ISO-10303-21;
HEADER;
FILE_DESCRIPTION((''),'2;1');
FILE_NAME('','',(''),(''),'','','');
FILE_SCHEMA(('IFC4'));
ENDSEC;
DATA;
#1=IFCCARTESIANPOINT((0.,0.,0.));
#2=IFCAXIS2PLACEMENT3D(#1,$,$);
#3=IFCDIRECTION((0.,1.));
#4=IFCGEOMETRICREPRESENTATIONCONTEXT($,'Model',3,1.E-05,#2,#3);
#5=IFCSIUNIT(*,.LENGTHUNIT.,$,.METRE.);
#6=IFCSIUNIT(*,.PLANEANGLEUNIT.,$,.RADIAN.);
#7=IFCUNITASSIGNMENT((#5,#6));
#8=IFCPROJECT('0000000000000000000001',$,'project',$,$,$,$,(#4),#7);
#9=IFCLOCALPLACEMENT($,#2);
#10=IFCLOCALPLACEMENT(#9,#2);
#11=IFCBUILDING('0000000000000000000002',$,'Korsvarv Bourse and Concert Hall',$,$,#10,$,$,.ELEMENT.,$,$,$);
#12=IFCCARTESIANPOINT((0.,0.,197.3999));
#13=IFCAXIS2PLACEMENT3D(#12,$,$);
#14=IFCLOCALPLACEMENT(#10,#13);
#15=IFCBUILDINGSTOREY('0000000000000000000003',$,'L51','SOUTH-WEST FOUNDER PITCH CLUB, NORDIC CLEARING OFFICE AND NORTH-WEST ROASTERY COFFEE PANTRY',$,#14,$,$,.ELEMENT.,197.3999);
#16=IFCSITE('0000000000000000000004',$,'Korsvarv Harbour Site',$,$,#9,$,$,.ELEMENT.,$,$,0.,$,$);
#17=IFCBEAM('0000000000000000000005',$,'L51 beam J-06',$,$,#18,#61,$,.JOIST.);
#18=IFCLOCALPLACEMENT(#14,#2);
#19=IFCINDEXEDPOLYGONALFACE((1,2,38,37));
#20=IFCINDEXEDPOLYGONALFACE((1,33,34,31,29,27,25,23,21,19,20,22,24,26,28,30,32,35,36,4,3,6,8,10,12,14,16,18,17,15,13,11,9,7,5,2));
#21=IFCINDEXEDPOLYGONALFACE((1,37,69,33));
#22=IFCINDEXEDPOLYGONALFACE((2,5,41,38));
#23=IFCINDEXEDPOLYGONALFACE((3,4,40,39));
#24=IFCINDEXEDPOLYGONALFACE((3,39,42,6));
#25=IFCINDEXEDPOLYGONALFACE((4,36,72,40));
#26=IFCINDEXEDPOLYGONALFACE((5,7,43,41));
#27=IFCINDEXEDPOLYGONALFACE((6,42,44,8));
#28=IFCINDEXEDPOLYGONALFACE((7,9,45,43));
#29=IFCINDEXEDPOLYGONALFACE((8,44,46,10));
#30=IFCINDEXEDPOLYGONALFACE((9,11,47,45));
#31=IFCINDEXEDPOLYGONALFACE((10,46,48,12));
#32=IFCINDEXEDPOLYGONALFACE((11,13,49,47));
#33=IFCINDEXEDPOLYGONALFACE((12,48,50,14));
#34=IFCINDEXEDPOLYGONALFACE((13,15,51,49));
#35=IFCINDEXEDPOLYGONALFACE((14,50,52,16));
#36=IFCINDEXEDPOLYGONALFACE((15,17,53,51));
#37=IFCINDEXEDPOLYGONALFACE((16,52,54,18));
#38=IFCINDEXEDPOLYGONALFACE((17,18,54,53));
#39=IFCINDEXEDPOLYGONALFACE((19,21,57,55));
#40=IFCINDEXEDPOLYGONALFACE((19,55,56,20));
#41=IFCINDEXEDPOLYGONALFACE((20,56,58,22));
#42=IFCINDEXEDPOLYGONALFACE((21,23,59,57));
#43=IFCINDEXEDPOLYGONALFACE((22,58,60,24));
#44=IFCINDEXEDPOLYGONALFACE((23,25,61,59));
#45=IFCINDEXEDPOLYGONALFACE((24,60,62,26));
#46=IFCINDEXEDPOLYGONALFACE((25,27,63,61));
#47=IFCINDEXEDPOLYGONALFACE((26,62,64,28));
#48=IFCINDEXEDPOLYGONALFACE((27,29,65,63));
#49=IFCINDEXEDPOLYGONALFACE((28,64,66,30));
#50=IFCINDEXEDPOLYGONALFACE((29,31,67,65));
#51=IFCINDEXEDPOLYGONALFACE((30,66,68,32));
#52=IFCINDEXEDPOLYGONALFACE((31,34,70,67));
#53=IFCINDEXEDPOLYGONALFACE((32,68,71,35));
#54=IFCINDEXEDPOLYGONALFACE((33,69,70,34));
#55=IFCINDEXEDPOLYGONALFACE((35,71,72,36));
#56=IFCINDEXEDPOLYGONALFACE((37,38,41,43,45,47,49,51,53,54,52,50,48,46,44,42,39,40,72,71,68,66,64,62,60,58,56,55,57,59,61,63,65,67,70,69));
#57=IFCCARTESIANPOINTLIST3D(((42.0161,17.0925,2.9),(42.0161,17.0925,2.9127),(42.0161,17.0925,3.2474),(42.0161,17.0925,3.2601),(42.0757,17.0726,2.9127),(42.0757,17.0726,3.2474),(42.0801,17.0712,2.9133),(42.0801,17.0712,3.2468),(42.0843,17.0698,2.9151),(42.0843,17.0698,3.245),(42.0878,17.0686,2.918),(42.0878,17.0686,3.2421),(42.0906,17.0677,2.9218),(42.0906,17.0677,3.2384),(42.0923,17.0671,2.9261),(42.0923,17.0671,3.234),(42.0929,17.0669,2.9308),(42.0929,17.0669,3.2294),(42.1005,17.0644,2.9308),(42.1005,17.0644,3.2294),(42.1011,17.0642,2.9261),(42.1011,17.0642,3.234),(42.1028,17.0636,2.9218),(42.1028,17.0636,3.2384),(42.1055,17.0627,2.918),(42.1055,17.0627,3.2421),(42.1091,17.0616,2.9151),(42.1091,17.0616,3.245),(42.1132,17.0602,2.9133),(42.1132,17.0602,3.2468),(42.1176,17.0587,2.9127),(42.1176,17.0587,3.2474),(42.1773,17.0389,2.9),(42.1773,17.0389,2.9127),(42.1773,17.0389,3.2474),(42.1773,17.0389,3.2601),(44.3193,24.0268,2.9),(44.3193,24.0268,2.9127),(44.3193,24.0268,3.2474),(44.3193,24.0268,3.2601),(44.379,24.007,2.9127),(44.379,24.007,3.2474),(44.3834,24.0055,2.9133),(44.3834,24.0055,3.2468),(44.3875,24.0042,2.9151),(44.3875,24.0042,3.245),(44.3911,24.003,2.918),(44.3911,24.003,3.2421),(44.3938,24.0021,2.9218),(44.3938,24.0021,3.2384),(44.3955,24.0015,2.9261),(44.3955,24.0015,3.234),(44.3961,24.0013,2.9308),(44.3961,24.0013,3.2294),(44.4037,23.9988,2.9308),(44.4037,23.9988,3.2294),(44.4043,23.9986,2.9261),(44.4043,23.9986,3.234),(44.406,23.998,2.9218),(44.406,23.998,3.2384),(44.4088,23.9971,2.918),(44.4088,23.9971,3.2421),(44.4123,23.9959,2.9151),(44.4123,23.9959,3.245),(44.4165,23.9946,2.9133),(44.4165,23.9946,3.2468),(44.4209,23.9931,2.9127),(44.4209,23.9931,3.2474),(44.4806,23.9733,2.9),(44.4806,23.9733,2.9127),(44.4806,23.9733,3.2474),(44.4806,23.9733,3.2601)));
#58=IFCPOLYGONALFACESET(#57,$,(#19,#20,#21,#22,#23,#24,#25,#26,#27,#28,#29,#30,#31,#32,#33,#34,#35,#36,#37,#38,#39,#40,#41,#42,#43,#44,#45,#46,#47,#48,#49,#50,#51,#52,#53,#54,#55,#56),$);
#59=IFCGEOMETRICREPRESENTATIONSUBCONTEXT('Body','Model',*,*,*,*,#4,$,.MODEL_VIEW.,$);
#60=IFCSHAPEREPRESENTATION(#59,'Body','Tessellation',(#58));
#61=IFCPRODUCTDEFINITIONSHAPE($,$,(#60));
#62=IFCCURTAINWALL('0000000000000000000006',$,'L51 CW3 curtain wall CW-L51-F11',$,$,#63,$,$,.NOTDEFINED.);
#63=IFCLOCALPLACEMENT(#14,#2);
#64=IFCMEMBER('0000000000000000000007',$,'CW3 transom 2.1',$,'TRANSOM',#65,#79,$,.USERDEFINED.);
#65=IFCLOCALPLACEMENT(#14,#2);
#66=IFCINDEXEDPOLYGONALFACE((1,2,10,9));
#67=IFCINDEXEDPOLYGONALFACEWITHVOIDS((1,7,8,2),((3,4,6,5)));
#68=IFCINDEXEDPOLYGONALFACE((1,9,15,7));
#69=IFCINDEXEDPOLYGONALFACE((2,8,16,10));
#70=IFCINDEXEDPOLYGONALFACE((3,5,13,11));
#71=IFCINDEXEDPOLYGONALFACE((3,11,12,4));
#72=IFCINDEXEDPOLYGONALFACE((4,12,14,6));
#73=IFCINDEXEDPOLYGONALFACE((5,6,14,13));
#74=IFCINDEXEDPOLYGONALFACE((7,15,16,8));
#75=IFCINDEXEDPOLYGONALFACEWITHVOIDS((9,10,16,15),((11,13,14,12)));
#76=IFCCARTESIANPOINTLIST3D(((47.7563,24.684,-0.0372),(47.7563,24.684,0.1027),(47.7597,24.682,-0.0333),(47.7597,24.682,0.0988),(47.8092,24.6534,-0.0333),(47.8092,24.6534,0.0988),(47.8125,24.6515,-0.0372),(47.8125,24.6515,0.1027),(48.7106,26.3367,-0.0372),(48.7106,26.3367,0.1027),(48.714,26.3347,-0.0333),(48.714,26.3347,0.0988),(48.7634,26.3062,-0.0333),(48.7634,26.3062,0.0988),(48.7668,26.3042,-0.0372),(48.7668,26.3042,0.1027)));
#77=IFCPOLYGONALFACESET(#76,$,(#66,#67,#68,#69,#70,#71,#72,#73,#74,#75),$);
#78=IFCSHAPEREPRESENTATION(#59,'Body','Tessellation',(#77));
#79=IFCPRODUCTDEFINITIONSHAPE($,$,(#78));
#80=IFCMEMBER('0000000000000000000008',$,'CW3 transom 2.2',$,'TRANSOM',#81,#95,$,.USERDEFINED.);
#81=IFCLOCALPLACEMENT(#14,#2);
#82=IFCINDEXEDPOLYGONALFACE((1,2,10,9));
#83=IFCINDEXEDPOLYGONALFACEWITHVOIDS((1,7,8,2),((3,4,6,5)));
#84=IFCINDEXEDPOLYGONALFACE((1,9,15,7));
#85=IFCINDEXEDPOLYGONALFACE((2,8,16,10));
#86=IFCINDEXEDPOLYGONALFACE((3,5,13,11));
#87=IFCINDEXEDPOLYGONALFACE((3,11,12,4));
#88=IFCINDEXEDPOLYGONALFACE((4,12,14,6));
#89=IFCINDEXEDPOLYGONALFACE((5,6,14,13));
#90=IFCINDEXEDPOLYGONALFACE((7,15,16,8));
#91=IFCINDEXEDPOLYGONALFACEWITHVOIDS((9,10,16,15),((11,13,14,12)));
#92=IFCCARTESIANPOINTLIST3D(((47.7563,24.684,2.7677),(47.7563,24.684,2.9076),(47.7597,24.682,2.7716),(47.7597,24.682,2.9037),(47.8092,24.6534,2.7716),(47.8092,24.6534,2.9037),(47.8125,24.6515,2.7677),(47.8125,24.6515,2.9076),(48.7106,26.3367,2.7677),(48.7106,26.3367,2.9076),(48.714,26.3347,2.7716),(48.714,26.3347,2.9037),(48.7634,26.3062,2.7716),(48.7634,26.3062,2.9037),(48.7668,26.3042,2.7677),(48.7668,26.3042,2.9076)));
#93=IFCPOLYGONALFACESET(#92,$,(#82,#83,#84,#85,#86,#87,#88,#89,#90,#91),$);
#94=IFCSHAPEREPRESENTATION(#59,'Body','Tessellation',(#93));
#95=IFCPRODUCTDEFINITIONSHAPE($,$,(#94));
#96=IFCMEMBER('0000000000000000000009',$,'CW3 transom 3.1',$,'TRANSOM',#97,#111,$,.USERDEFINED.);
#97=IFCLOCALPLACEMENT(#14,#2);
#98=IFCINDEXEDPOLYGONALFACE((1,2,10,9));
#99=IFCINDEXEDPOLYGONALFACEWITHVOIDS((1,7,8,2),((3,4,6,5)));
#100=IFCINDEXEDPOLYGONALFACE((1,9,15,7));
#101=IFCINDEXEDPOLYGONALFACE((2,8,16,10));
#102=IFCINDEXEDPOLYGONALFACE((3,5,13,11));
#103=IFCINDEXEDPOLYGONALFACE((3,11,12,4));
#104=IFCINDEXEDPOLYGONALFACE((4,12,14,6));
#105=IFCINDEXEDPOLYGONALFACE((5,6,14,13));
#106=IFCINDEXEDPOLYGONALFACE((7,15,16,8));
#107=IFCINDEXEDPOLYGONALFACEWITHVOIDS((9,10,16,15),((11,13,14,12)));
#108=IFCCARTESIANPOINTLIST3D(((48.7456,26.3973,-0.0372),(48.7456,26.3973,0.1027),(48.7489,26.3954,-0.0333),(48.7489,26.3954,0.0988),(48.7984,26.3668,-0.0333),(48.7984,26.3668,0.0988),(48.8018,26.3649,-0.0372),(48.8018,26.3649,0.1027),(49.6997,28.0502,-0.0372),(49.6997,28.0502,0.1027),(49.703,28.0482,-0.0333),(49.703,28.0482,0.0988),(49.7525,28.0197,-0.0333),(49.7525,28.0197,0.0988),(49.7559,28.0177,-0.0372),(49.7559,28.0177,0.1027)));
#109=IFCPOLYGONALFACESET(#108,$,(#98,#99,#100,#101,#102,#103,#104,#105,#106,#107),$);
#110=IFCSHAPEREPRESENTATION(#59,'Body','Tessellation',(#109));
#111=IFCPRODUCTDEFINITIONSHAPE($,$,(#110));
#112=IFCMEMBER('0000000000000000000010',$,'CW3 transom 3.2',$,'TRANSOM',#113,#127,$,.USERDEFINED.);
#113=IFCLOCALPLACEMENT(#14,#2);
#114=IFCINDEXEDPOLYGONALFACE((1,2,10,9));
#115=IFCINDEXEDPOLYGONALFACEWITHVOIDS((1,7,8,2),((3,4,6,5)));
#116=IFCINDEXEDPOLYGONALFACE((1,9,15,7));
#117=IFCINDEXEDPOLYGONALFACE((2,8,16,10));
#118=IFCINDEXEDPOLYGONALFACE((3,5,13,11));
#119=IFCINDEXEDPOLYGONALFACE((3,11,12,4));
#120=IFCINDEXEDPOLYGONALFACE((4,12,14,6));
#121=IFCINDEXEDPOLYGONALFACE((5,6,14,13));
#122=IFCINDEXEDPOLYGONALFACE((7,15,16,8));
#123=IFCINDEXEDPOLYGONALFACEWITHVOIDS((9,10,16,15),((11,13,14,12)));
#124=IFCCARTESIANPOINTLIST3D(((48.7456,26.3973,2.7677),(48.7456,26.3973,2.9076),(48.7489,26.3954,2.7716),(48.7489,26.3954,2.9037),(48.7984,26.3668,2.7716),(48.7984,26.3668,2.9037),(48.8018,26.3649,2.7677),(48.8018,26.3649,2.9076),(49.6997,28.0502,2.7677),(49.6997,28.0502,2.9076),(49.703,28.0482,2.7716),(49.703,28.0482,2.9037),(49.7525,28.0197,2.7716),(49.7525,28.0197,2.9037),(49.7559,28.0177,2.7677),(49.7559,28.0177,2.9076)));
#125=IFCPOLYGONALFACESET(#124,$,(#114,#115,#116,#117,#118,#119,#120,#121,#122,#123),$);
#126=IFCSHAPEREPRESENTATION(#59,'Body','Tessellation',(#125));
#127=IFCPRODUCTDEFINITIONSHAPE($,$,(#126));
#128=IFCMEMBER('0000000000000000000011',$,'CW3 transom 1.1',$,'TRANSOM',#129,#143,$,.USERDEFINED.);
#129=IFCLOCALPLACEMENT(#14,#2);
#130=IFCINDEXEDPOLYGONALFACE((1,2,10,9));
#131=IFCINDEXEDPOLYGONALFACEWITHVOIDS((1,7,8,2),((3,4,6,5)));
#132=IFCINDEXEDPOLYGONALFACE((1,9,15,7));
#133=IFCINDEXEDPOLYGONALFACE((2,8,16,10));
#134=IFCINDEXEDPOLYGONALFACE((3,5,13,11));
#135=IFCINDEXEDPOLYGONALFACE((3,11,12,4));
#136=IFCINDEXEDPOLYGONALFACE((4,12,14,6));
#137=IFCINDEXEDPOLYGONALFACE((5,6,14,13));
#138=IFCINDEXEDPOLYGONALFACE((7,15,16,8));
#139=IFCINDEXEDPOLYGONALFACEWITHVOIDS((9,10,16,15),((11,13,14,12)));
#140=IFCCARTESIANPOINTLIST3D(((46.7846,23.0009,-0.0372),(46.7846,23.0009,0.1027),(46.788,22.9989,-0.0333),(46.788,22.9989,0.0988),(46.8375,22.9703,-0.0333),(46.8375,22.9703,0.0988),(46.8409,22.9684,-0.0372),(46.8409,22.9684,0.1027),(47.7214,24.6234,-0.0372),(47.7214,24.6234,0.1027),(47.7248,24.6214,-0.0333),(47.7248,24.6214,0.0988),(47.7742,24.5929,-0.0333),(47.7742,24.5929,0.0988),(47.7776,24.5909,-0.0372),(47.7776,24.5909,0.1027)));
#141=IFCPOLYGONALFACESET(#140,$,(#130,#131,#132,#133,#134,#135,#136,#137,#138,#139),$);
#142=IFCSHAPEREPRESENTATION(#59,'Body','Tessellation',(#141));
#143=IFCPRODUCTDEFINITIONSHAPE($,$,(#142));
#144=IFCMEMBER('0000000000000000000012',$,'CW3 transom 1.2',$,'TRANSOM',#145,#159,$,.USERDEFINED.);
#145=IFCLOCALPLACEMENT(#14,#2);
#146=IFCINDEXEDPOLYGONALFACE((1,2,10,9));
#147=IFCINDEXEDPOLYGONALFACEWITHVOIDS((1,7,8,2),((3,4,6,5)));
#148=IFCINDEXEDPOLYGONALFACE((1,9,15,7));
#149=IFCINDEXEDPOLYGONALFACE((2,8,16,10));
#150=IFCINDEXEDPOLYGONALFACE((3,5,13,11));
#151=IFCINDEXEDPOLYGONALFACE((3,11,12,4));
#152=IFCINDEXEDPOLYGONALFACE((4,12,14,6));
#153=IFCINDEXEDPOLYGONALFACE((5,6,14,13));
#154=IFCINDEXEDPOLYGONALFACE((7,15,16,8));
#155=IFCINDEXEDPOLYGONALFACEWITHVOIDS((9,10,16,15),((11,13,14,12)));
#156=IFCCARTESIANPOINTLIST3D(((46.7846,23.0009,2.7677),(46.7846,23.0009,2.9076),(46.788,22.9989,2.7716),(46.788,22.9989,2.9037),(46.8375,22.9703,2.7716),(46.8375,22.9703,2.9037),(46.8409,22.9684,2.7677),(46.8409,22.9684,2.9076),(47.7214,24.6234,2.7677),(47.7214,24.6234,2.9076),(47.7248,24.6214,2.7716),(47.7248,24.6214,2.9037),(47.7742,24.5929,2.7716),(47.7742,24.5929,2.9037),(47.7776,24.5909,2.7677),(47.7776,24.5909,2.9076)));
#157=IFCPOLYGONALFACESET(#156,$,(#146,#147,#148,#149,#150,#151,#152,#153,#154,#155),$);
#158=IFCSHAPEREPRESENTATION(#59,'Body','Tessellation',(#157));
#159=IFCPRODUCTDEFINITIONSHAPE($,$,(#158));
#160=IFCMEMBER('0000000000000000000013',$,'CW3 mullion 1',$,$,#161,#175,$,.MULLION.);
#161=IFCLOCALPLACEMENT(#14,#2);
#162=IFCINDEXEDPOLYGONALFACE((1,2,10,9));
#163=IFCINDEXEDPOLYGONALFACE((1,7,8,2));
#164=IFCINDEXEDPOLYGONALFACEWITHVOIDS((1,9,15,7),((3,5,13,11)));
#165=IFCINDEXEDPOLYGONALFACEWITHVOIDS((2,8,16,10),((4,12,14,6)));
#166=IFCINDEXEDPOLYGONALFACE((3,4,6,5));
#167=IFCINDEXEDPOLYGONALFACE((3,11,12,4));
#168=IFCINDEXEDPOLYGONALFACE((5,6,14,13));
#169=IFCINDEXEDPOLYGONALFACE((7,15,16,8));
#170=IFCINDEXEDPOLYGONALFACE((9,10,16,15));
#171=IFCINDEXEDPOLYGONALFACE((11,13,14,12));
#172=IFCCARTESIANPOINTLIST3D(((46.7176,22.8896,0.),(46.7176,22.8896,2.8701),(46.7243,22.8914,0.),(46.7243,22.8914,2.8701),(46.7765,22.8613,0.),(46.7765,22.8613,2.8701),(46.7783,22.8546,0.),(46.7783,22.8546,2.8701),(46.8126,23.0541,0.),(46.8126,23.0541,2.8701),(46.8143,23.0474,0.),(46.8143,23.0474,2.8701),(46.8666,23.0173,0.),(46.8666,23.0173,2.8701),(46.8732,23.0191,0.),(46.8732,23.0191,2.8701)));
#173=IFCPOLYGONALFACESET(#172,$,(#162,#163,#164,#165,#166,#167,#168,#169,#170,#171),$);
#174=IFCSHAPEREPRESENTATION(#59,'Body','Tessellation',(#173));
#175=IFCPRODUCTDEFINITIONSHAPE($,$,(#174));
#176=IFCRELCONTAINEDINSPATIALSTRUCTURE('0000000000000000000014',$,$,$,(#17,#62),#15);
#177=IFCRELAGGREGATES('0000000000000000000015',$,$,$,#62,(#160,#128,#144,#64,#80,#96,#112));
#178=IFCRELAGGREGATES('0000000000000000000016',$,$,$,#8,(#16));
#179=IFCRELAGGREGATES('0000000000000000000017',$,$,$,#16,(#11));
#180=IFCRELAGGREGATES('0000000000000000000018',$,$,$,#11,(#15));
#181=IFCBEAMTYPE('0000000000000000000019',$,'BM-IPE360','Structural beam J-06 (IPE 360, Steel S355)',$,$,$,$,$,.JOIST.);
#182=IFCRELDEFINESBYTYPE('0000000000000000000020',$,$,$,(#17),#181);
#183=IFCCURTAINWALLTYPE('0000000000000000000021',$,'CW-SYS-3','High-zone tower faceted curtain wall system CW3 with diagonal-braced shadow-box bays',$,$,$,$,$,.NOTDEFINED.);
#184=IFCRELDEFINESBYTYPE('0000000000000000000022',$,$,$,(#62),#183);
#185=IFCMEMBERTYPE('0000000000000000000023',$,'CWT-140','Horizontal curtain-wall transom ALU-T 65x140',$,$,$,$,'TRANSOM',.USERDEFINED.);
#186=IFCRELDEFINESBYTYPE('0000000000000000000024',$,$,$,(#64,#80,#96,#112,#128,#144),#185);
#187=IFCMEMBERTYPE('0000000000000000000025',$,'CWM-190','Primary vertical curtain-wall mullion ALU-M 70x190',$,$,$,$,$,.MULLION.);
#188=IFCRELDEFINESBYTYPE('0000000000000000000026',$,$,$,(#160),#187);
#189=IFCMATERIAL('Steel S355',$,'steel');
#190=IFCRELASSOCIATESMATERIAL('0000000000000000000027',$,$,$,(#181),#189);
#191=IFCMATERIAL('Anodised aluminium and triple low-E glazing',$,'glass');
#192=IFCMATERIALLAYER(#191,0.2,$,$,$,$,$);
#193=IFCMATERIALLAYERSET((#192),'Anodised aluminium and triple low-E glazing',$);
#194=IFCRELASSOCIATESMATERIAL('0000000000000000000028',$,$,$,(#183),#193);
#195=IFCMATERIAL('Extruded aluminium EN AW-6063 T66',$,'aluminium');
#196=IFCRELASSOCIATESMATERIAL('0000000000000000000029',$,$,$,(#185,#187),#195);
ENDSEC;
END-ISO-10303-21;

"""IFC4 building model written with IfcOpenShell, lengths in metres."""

from ifc_helpers import new_model, si_unit, direction, frame, origin, origin_2d, place, context, subcontext, project, spatial, hollow_rectangle, i_section, extrude, source, transform, mapped, material, layer, layer_set, material_profile, profile_set, type_object, element, aggregate, save


model = new_model("IFC4")

# Units and contexts
model_context = context("Model", 3, precision=1e-05, world=origin(), true_north=direction((0.0, 1.0)))
body_context = subcontext(model_context, "Body", "Model", "MODEL_VIEW")
ifc_project = project(units=[si_unit("LENGTHUNIT", "METRE"), si_unit("PLANEANGLEUNIT", "RADIAN")], contexts=[model_context])

# Site, building, storey
site_placement = place(None, origin())
site = spatial("IfcSite", under=ifc_project, at=site_placement, Name="Korsvarv Harbour Site", CompositionType="ELEMENT", RefElevation=0.0)
building_placement = place(site_placement, origin())
building = spatial("IfcBuilding", under=site, at=building_placement, Name="Korsvarv Bourse and Concert Hall", CompositionType="ELEMENT")
storey_placement = place(building_placement, frame((0.0, 0.0, 197.3999)))
storey = spatial("IfcBuildingStorey", under=building, at=storey_placement, Name="L51", Description="SOUTH-WEST FOUNDER PITCH CLUB, NORDIC CLEARING OFFICE AND NORTH-WEST ROASTERY COFFEE PANTRY", CompositionType="ELEMENT", Elevation=197.3999)

# Shared definitions
ifc_material_1 = material(Name="Steel S355", Category="steel")

# Beam
ifc_material_profile_1 = material_profile(ifc_material_1, i_section(OverallWidth=0.1699, OverallDepth=0.3601, WebThickness=0.0081, FlangeThickness=0.0127, FilletRadius=0.0181, at=origin_2d()), Name="IPE 360")
ifc_profile_set_1 = profile_set([ifc_material_profile_1], Name="Steel S355")
beam_type_1 = type_object("IfcBeamType", Name="BM-IPE360", Description="Structural beam J-06 (IPE 360, Steel S355)", PredefinedType="JOIST", material=ifc_profile_set_1)
shared_shape_1 = source(origin(), body_context, "Body", "SweptSolid", [
    extrude(i_section(OverallWidth=0.1699, OverallDepth=0.3601, WebThickness=0.0081, FlangeThickness=0.0127, FilletRadius=0.0181, at=origin_2d()), origin(), (0.0, 0.0, 1.0), 7.3069),
])
beam_1_placement = place(storey_placement, frame((42.0967, 17.0657, 3.0801), z_axis=(0.315215, 0.94902, 0.0), x_axis=(-0.94902, 0.315215, 0.0)))
element("IfcBeam", 1, at=beam_1_placement, inside=storey, type_object=beam_type_1, Name="L51 beam J-06", PredefinedType="JOIST", context=body_context, shape_type="MappedRepresentation", body=[
    mapped(shared_shape_1, transform((0.0, 0.0, 0.0), scale=1.0)),
])

# Curtain wall, members
ifc_material_2 = material(Name="Anodised aluminium and triple low-E glazing", Category="glass")
ifc_layer_1 = layer(ifc_material_2, 0.2)
ifc_layer_set_1 = layer_set([ifc_layer_1], Name="Anodised aluminium and triple low-E glazing")
curtain_wall_type = type_object("IfcCurtainWallType", Name="CW-SYS-3", Description="High-zone tower faceted curtain wall system CW3 with diagonal-braced shadow-box bays", PredefinedType="NOTDEFINED", material=ifc_layer_set_1)
curtain_wall_placement = place(storey_placement, origin())
curtain_wall = element("IfcCurtainWall", 2, at=curtain_wall_placement, inside=storey, type_object=curtain_wall_type, Name="L51 CW3 curtain wall CW-L51-F11", PredefinedType="NOTDEFINED")
ifc_material_3 = material(Name="Extruded aluminium EN AW-6063 T66", Category="aluminium")
ifc_material_profile_2 = material_profile(ifc_material_3, hollow_rectangle(XDim=0.0649, YDim=0.1399, WallThickness=0.0039, at=origin_2d()), Name="ALU-T 65x140")
ifc_profile_set_2 = profile_set([ifc_material_profile_2], Name="Extruded aluminium EN AW-6063 T66")
member_type_1 = type_object("IfcMemberType", Name="CWT-140", Description="Horizontal curtain-wall transom ALU-T 65x140", ElementType="TRANSOM", PredefinedType="USERDEFINED", material=ifc_profile_set_2)
shared_shape_2 = source(origin(), body_context, "Body", "SweptSolid", [
    extrude(hollow_rectangle(XDim=0.0649, YDim=0.1399, WallThickness=0.0039, at=origin_2d()), origin(), (0.0, 0.0, 1.0), 1.9084),
])
member_1_placement = place(storey_placement, frame((47.7844, 24.6677, 0.0327), z_axis=(0.500032, 0.866007, 0.0), x_axis=(-0.866007, 0.500032, 0.0)))
member_1 = element("IfcMember", 3, at=member_1_placement, type_object=member_type_1, Name="CW3 transom 2.1", ObjectType="TRANSOM", PredefinedType="USERDEFINED", context=body_context, shape_type="MappedRepresentation", body=[
    mapped(shared_shape_2, transform((0.0, 0.0, 0.0), scale=1.0)),
])
member_2_placement = place(storey_placement, frame((47.7844, 24.6677, 2.8376), z_axis=(0.500032, 0.866007, 0.0), x_axis=(-0.866007, 0.500032, 0.0)))
member_2 = element("IfcMember", 4, at=member_2_placement, type_object=member_type_1, Name="CW3 transom 2.2", ObjectType="TRANSOM", PredefinedType="USERDEFINED", context=body_context, shape_type="MappedRepresentation", body=[
    mapped(shared_shape_2, transform((0.0, 0.0, 0.0), scale=1.0)),
])
member_3_placement = place(storey_placement, frame((48.7737, 26.3811, 0.0327), z_axis=(0.499937, 0.866062, 0.0), x_axis=(-0.866062, 0.499937, 0.0)))
member_3 = element("IfcMember", 5, at=member_3_placement, type_object=member_type_1, Name="CW3 transom 3.1", ObjectType="TRANSOM", PredefinedType="USERDEFINED", context=body_context, shape_type="MappedRepresentation", body=[
    mapped(shared_shape_2, transform((0.0, 0.0, 0.0), scale=1.0)),
])
member_4_placement = place(storey_placement, frame((48.7737, 26.3811, 2.8376), z_axis=(0.499937, 0.866062, 0.0), x_axis=(-0.866062, 0.499937, 0.0)))
member_4 = element("IfcMember", 6, at=member_4_placement, type_object=member_type_1, Name="CW3 transom 3.2", ObjectType="TRANSOM", PredefinedType="USERDEFINED", context=body_context, shape_type="MappedRepresentation", body=[
    mapped(shared_shape_2, transform((0.0, 0.0, 0.0), scale=1.0)),
])
shared_shape_3 = source(origin(), body_context, "Body", "SweptSolid", [
    extrude(hollow_rectangle(XDim=0.0649, YDim=0.1399, WallThickness=0.0039, at=origin_2d()), origin(), (0.0, 0.0, 1.0), 1.8735),
])
member_5_placement = place(storey_placement, frame((46.8127, 22.9846, 0.0327), z_axis=(0.499993, 0.866029, 0.0), x_axis=(-0.866029, 0.499993, 0.0)))
member_5 = element("IfcMember", 7, at=member_5_placement, type_object=member_type_1, Name="CW3 transom 1.1", ObjectType="TRANSOM", PredefinedType="USERDEFINED", context=body_context, shape_type="MappedRepresentation", body=[
    mapped(shared_shape_3, transform((0.0, 0.0, 0.0), scale=1.0)),
])
member_6_placement = place(storey_placement, frame((46.8127, 22.9846, 2.8376), z_axis=(0.499993, 0.866029, 0.0), x_axis=(-0.866029, 0.499993, 0.0)))
member_6 = element("IfcMember", 8, at=member_6_placement, type_object=member_type_1, Name="CW3 transom 1.2", ObjectType="TRANSOM", PredefinedType="USERDEFINED", context=body_context, shape_type="MappedRepresentation", body=[
    mapped(shared_shape_3, transform((0.0, 0.0, 0.0), scale=1.0)),
])
ifc_material_profile_3 = material_profile(ifc_material_3, hollow_rectangle(XDim=0.0701, YDim=0.1899, WallThickness=0.0049, at=origin_2d()), Name="ALU-M 70x190")
ifc_profile_set_3 = profile_set([ifc_material_profile_3], Name="Extruded aluminium EN AW-6063 T66")
member_type_2 = type_object("IfcMemberType", Name="CWM-190", Description="Primary vertical curtain-wall mullion ALU-M 70x190", PredefinedType="MULLION", material=ifc_profile_set_3)
shared_shape_4 = source(origin(), body_context, "Body", "SweptSolid", [
    extrude(hollow_rectangle(XDim=0.0701, YDim=0.1899, WallThickness=0.0049, at=origin_2d()), origin(), (0.0, 0.0, 1.0), 2.8701),
])
member_7_placement = place(storey_placement, frame((46.7954, 22.9543, 0.0), z_axis=(0.0, 0.0, 1.0), x_axis=(-0.86603, 0.499993, 0.0)))
member_7 = element("IfcMember", 9, at=member_7_placement, type_object=member_type_2, Name="CW3 mullion 1", PredefinedType="MULLION", context=body_context, shape_type="MappedRepresentation", body=[
    mapped(shared_shape_4, transform((0.0, 0.0, 0.0), scale=1.0)),
])
aggregate(curtain_wall, [member_7, member_5, member_6, member_1, member_2, member_3, member_4])

save(model, "model.ifc")
